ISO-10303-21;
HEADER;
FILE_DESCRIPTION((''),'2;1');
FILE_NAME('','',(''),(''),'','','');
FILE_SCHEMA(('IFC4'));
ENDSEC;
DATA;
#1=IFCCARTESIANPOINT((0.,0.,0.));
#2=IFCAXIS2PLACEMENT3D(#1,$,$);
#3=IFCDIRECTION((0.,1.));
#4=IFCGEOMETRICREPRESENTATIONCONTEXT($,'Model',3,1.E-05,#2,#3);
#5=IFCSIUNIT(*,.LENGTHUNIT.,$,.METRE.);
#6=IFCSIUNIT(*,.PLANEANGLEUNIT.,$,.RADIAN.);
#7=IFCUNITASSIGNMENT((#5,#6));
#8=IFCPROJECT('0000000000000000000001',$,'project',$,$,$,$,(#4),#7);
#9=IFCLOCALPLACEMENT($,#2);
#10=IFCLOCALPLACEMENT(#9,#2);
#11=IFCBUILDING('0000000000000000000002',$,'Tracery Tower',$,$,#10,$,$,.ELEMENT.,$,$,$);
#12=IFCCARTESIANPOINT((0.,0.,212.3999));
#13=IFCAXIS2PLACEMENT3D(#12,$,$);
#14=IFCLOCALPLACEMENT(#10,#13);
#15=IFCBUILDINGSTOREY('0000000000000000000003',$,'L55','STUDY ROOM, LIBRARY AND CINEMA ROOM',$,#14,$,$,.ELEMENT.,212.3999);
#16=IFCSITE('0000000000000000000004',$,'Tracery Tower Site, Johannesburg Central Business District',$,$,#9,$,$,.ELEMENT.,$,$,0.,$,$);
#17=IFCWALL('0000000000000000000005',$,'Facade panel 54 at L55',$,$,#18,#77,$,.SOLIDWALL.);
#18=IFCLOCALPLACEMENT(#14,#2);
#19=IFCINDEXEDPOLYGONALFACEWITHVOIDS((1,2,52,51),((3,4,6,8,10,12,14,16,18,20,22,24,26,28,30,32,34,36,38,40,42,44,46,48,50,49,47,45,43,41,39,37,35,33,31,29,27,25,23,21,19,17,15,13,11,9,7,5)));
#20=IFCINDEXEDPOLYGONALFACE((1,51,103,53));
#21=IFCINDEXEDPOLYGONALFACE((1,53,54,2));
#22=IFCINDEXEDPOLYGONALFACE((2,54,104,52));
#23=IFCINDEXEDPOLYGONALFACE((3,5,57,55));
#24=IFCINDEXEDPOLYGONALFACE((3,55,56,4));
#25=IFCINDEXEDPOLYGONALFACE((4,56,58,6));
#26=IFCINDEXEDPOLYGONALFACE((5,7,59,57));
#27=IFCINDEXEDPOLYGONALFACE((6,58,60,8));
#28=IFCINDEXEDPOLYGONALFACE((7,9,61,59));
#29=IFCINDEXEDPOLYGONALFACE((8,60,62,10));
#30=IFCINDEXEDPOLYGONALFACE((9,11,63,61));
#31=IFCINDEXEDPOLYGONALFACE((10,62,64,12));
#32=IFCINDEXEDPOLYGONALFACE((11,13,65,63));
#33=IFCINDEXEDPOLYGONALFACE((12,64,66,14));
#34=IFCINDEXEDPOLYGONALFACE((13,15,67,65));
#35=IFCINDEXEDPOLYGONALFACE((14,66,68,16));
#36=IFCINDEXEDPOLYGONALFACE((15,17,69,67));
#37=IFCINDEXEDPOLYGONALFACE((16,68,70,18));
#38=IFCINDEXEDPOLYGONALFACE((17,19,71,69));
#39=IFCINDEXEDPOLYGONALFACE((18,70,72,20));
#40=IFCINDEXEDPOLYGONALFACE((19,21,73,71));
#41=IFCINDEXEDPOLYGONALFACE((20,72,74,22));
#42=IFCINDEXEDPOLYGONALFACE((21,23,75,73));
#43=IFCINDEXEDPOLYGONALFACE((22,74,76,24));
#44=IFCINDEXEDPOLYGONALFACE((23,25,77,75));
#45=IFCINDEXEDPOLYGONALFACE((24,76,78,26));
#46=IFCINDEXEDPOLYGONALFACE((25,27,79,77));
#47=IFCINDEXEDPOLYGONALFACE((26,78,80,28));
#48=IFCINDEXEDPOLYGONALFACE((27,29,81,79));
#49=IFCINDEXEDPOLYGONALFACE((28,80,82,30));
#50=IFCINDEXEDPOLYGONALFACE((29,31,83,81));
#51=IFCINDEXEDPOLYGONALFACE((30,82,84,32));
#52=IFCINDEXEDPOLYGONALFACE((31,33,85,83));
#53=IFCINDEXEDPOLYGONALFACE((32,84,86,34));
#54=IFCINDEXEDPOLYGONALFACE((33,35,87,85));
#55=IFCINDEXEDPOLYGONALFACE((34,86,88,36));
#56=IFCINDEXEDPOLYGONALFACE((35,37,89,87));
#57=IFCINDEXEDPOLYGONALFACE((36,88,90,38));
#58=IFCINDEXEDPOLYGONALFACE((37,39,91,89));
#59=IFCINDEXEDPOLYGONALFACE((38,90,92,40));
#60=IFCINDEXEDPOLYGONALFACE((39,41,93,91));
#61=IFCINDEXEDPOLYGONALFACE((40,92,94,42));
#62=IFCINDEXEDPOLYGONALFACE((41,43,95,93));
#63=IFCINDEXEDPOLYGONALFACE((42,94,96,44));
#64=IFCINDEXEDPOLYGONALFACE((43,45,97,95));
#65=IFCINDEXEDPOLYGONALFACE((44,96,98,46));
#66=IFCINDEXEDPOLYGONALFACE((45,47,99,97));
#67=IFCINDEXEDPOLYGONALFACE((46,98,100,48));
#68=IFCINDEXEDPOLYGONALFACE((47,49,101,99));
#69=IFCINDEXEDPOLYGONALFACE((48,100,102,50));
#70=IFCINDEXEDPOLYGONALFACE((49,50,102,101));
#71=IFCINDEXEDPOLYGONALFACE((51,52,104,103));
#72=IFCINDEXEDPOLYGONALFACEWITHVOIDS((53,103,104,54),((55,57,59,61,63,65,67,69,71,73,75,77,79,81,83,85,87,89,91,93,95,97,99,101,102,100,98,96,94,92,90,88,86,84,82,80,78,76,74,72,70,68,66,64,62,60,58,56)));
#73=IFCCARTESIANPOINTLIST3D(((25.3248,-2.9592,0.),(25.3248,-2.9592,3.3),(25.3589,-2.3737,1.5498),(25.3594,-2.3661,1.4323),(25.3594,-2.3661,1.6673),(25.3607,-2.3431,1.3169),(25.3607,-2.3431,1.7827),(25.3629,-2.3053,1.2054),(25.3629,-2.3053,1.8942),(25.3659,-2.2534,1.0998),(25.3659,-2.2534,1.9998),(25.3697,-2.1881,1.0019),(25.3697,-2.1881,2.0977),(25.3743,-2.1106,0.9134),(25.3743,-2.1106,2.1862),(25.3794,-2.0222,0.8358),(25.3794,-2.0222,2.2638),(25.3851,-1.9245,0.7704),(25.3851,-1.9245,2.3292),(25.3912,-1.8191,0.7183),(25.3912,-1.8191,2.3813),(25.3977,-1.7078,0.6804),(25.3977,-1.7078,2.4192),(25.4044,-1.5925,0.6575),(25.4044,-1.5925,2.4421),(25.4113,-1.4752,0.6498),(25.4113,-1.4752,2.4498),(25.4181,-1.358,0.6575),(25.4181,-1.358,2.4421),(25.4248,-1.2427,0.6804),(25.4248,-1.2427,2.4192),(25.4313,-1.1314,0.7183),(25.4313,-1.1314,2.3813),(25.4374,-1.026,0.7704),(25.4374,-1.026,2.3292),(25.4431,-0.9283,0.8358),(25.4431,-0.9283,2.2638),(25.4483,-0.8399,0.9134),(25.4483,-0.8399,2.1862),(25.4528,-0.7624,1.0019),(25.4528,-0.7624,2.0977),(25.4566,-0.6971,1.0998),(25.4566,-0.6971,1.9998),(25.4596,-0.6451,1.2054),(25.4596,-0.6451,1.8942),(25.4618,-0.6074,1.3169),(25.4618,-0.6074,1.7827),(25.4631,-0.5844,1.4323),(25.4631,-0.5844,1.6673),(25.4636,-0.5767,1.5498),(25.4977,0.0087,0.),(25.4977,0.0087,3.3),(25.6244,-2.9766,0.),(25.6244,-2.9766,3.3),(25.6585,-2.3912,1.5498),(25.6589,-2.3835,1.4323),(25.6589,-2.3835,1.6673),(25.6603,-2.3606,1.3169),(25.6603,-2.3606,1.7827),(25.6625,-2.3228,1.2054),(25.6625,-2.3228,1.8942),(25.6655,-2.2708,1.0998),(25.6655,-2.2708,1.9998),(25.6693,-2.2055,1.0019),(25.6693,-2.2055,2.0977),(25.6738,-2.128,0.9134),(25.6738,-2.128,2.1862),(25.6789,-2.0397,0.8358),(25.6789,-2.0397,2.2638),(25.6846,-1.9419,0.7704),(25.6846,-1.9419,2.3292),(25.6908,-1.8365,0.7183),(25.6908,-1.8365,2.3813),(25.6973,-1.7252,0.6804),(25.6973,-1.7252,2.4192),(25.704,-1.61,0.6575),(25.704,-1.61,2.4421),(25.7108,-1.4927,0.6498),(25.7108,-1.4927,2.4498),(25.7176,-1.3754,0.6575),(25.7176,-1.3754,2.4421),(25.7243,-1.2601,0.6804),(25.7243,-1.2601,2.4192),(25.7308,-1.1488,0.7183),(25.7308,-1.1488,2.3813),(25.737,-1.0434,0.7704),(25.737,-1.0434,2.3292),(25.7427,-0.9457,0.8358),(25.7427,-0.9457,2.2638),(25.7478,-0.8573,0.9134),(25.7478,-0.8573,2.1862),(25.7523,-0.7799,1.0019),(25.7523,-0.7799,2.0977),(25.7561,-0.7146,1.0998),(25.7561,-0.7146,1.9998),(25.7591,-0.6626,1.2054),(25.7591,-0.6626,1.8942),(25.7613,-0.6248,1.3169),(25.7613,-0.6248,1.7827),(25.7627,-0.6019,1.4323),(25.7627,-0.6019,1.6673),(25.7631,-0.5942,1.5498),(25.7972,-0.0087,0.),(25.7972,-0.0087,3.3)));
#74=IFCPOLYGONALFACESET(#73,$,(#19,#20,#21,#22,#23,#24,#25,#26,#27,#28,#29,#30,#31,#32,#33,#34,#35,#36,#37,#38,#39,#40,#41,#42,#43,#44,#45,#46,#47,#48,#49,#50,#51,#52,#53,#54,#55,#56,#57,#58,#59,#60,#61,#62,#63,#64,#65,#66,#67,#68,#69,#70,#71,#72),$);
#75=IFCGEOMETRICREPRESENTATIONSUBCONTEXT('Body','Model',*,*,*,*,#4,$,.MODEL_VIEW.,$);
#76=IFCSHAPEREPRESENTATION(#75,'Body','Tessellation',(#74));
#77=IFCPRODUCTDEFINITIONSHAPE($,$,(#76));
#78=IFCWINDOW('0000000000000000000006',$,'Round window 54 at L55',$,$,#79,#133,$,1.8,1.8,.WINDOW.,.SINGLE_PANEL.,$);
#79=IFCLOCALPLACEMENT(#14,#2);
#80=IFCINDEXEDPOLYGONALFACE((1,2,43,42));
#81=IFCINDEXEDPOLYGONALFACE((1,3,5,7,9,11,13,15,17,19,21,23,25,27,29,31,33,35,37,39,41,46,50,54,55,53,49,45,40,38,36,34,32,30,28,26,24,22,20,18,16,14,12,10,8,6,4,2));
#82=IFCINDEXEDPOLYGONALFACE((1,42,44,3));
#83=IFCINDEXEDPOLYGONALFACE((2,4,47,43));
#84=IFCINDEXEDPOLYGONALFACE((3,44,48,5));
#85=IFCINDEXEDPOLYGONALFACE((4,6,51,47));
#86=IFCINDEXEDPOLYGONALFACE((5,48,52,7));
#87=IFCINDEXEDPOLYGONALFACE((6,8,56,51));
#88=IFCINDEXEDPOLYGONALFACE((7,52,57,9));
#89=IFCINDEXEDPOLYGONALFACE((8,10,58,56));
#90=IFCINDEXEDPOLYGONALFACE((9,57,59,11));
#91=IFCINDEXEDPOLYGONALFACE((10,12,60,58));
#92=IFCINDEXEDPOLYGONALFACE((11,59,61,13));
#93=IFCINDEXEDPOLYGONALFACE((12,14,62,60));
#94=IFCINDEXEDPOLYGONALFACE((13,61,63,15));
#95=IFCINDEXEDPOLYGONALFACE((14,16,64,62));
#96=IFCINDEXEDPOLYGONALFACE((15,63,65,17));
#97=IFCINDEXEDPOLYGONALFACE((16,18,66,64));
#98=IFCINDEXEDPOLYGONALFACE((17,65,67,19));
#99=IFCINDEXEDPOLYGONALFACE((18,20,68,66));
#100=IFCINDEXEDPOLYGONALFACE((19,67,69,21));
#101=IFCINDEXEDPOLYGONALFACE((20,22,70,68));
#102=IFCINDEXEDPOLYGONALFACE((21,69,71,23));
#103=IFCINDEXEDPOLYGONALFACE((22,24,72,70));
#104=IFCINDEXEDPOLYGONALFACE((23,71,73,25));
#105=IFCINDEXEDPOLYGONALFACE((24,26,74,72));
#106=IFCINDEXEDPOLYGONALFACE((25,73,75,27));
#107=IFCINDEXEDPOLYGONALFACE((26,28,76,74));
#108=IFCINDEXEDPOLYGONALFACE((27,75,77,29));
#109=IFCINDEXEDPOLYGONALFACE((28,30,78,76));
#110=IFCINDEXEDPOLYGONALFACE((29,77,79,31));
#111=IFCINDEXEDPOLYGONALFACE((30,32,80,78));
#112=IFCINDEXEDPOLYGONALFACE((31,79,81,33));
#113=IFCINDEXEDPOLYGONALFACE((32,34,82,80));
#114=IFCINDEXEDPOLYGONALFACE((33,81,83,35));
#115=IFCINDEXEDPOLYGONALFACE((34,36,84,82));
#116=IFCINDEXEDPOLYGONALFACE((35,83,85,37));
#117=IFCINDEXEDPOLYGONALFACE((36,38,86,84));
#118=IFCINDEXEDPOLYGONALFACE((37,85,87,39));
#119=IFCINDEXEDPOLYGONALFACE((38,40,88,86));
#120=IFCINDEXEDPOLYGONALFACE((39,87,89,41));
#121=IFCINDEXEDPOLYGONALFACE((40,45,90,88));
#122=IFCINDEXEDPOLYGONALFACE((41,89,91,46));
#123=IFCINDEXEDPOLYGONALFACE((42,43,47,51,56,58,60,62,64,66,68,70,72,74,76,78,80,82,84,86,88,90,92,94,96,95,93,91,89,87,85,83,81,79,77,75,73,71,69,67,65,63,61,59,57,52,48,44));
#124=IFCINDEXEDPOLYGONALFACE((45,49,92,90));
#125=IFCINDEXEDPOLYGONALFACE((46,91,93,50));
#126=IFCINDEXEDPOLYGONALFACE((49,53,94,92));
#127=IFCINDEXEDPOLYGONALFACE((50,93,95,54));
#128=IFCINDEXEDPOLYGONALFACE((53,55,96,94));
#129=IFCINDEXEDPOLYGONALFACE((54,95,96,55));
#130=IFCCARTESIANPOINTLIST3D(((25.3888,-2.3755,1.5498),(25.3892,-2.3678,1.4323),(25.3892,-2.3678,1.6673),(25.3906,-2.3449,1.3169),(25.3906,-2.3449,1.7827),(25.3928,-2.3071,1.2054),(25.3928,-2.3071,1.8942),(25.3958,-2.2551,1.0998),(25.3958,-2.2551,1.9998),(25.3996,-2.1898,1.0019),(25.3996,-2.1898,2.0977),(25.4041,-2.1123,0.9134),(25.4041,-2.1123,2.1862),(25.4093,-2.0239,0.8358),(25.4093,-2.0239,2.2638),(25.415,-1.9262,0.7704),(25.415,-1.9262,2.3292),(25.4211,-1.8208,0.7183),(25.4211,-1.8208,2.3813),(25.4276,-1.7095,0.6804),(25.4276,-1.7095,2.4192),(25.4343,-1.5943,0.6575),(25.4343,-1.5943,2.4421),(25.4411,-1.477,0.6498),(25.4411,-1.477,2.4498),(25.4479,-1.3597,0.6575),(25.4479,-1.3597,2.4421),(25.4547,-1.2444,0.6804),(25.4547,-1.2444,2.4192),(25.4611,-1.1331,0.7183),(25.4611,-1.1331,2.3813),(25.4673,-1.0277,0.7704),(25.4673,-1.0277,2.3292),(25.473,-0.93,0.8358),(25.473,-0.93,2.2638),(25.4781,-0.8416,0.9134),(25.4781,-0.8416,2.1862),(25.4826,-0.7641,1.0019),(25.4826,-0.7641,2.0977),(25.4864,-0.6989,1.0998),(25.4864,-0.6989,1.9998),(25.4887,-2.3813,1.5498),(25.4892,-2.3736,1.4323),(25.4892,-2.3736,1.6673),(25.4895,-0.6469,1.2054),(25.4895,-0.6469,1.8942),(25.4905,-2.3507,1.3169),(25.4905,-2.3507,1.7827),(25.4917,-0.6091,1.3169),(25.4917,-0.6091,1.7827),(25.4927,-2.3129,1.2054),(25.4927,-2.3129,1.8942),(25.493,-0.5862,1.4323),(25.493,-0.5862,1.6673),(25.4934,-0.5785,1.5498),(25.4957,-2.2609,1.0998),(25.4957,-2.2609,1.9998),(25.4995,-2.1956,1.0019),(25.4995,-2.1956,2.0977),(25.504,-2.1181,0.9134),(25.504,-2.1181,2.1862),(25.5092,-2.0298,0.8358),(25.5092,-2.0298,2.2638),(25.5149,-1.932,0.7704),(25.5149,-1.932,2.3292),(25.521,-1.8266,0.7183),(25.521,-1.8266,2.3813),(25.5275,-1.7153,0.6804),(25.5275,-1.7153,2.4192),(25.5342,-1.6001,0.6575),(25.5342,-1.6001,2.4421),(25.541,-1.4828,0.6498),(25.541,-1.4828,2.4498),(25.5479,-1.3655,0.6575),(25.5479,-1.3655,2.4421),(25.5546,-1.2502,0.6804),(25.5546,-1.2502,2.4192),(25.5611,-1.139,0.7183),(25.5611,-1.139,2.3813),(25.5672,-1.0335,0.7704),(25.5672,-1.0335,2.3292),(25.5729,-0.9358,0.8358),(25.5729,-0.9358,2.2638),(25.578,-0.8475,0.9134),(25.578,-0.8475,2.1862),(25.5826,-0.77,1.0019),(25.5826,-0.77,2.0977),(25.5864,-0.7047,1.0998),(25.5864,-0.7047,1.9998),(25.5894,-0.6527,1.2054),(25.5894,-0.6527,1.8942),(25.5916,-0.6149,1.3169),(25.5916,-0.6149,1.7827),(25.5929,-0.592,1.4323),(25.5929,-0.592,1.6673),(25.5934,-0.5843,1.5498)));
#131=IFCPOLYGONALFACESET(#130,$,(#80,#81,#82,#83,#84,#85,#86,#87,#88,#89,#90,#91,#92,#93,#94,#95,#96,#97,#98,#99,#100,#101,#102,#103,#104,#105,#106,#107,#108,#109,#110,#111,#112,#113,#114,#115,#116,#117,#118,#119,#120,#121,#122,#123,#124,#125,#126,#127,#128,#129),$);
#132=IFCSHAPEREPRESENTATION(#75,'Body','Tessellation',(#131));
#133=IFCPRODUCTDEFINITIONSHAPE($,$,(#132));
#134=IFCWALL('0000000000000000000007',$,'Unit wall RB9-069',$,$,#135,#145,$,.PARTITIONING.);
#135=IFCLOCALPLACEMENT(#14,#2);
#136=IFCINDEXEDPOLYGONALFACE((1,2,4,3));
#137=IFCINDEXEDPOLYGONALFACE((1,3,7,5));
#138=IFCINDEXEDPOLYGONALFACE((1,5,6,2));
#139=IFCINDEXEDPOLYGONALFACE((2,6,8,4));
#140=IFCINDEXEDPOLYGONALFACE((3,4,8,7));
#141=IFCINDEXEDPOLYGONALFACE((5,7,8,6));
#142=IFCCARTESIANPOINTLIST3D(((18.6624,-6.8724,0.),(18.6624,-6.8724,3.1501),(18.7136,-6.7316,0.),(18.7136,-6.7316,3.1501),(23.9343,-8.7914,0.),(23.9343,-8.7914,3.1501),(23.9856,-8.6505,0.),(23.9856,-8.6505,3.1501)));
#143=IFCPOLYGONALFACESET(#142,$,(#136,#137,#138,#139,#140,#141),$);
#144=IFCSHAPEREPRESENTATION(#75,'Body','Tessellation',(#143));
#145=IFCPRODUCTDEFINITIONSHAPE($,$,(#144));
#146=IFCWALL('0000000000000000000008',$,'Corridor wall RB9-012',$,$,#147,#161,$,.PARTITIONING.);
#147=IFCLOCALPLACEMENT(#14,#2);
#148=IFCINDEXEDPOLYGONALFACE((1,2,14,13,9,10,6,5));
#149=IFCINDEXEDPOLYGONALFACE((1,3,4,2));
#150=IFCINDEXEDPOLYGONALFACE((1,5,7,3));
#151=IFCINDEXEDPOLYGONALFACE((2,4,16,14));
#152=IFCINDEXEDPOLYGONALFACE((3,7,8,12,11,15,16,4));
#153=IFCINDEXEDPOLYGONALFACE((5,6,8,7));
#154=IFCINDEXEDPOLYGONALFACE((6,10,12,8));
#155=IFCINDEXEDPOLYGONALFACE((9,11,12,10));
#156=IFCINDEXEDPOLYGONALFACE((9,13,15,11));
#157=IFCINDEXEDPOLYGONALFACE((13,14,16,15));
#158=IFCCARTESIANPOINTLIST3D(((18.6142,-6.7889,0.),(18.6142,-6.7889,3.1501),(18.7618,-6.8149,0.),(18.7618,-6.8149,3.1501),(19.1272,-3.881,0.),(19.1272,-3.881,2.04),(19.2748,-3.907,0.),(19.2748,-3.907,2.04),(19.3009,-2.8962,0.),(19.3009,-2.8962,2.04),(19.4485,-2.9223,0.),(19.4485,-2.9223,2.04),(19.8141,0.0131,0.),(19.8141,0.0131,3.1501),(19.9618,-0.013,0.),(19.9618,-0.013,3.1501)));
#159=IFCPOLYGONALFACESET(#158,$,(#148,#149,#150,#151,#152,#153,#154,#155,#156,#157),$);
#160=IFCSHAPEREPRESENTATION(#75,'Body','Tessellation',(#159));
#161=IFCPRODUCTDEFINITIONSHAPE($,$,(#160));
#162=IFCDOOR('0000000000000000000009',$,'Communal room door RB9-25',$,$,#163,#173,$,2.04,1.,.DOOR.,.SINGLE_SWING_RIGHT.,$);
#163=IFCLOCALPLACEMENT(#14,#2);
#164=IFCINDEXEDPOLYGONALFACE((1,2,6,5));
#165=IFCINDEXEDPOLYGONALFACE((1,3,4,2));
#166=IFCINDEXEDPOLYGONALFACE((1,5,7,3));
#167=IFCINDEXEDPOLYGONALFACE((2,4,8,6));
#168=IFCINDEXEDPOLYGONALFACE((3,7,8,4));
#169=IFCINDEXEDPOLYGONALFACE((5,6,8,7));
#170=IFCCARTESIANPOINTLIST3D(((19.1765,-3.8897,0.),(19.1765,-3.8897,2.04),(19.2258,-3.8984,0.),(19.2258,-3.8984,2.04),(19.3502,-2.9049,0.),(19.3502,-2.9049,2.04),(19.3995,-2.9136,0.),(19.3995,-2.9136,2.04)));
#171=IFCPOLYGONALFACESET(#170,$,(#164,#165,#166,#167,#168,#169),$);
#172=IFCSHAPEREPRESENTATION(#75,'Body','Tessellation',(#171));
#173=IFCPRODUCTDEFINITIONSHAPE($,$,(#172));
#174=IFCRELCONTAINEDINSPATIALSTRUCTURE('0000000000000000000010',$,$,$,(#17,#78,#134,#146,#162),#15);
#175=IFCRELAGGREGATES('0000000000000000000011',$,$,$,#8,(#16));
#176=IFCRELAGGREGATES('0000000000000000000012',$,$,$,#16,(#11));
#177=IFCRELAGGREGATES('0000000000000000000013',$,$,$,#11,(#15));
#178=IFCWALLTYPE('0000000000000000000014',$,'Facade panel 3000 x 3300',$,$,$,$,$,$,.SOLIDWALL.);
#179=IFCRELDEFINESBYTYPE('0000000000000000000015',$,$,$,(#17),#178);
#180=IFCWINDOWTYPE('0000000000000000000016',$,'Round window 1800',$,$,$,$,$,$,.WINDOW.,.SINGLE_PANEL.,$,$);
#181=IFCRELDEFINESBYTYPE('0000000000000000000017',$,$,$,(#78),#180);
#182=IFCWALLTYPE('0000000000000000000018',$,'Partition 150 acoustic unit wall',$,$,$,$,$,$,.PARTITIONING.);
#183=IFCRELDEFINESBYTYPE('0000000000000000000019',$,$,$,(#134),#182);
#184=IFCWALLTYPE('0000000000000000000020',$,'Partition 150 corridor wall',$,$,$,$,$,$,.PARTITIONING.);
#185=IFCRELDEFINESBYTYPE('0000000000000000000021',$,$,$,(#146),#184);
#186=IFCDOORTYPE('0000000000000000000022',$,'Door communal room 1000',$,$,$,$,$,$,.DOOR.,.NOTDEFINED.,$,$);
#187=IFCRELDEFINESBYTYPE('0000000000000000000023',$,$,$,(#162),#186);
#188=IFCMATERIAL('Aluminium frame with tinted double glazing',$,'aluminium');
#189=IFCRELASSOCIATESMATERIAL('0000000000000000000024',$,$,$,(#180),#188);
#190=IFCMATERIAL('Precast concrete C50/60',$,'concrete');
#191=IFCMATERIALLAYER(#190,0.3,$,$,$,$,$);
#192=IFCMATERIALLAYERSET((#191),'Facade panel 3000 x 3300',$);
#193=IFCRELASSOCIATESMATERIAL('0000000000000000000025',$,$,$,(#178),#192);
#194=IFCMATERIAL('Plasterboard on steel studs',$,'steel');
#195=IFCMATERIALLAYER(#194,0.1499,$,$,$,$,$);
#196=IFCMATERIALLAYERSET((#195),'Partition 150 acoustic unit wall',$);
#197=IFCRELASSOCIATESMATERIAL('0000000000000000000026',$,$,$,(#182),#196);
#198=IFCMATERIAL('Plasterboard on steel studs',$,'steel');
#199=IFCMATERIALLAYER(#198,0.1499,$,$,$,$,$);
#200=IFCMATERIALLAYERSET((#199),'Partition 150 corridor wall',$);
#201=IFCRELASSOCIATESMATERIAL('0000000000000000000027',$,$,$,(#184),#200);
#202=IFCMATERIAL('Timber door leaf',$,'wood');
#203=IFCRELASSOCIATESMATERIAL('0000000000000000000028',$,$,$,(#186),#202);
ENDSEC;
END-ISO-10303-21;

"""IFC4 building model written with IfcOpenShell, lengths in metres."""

from ifc_helpers import new_model, si_unit, direction, frame, frame_2d, origin, origin_2d, place, context, subcontext, project, spatial, rectangle, circle, extrude, material, layer, layer_set, type_object, element, fill, save


model = new_model("IFC4")

# Units and contexts
model_context = context("Model", 3, precision=1e-05, world=origin(), true_north=direction((0.0, 1.0)))
body_context = subcontext(model_context, "Body", "Model", "MODEL_VIEW")
ifc_project = project(units=[si_unit("LENGTHUNIT", "METRE"), si_unit("PLANEANGLEUNIT", "RADIAN")], contexts=[model_context])

# Site, building, storey
site_placement = place(None, origin())
site = spatial("IfcSite", under=ifc_project, at=site_placement, Name="Tracery Tower Site, Johannesburg Central Business District", CompositionType="ELEMENT", RefElevation=0.0)
building_placement = place(site_placement, origin())
building = spatial("IfcBuilding", under=site, at=building_placement, Name="Tracery Tower", CompositionType="ELEMENT")
storey_placement = place(building_placement, frame((0.0, 0.0, 212.3999)))
storey = spatial("IfcBuildingStorey", under=building, at=storey_placement, Name="L55", Description="STUDY ROOM, LIBRARY AND CINEMA ROOM", CompositionType="ELEMENT", Elevation=212.3999)

# Wall, opening, window
ifc_material_1 = material(Name="Aluminium frame with tinted double glazing", Category="aluminium")
window_type = type_object("IfcWindowType", Name="Round window 1800", PartitioningType="SINGLE_PANEL", PredefinedType="WINDOW", material=ifc_material_1)
ifc_material_2 = material(Name="Precast concrete C50/60", Category="concrete")
ifc_layer_1 = layer(ifc_material_2, 0.3)
ifc_layer_set_1 = layer_set([ifc_layer_1], Name="Facade panel 3000 x 3300")
wall_type_1 = type_object("IfcWallType", Name="Facade panel 3000 x 3300", PredefinedType="SOLIDWALL", material=ifc_layer_set_1)
wall_1_placement = place(storey_placement, frame((25.4746, -2.9678, 0.0), z_axis=(0.0, 0.0, 1.0), x_axis=(0.058144, 0.998308, 0.0)))
wall_1 = element("IfcWall", 1, at=wall_1_placement, inside=storey, type_object=wall_type_1, Name="Facade panel 54 at L55", PredefinedType="SOLIDWALL", context=body_context, shape_type="SweptSolid", body=[
    extrude(rectangle(XDim=2.9729, YDim=0.3, at=frame_2d((1.4863, 0.0))), origin(), (0.0, 0.0, 1.0), 3.3),
])
opening_1_placement = place(wall_1_placement, frame((1.4863, 0.0, 1.5498)))
opening_1 = element("IfcOpeningElement", 2, at=opening_1_placement, cuts=wall_1, PredefinedType="OPENING", context=body_context, shape_type="SweptSolid", body=[
    extrude(circle(Radius=0.9, at=origin_2d()), frame((0.0, 0.1599, 0.0), z_axis=(0.0, -1.0, 0.0), x_axis=(1.0, 0.0, 0.0)), (0.0, 0.0, 1.0), 0.3201),
])
window_1_placement = place(opening_1_placement, origin())
window_1 = element("IfcWindow", 3, at=window_1_placement, inside=storey, type_object=window_type, Name="Round window 54 at L55", OverallHeight=1.8, OverallWidth=1.8, PartitioningType="SINGLE_PANEL", PredefinedType="WINDOW", context=body_context, shape_type="SweptSolid", body=[
    extrude(circle(Radius=0.9, at=origin_2d()), frame((0.0, 0.1201, 0.0), z_axis=(0.0, -1.0, 0.0), x_axis=(1.0, 0.0, 0.0)), (0.0, 0.0, 1.0), 0.1001),
])
fill(opening_1, window_1)

# Wall
ifc_material_3 = material(Name="Plasterboard on steel studs", Category="steel")
ifc_layer_2 = layer(ifc_material_3, 0.1499)
ifc_layer_set_2 = layer_set([ifc_layer_2], Name="Partition 150 acoustic unit wall")
wall_type_2 = type_object("IfcWallType", Name="Partition 150 acoustic unit wall", PredefinedType="PARTITIONING", material=ifc_layer_set_2)
wall_2_placement = place(storey_placement, frame((18.688, -6.802, 0.0), z_axis=(0.0, 0.0, 1.0), x_axis=(0.939687, -0.342037, 0.0)))
element("IfcWall", 4, at=wall_2_placement, inside=storey, type_object=wall_type_2, Name="Unit wall RB9-069", PredefinedType="PARTITIONING", context=body_context, shape_type="SweptSolid", body=[
    extrude(rectangle(XDim=5.6104, YDim=0.1499, at=frame_2d((2.8052, 0.0))), origin(), (0.0, 0.0, 1.0), 3.1501),
])

# Wall, opening, door
ifc_material_4 = material(Name="Plasterboard on steel studs", Category="steel")
ifc_layer_3 = layer(ifc_material_4, 0.1499)
ifc_layer_set_3 = layer_set([ifc_layer_3], Name="Partition 150 corridor wall")
wall_type_3 = type_object("IfcWallType", Name="Partition 150 corridor wall", PredefinedType="PARTITIONING", material=ifc_layer_set_3)
wall_3_placement = place(storey_placement, frame((18.688, -6.802, 0.0), z_axis=(0.0, 0.0, 1.0), x_axis=(0.173729, 0.984794, 0.0)))
wall_3 = element("IfcWall", 5, at=wall_3_placement, inside=storey, type_object=wall_type_3, Name="Corridor wall RB9-012", PredefinedType="PARTITIONING", context=body_context, shape_type="SweptSolid", body=[
    extrude(rectangle(XDim=6.907, YDim=0.1499, at=frame_2d((3.4536, 0.0))), origin(), (0.0, 0.0, 1.0), 3.1501),
])
opening_2_placement = place(wall_3_placement, frame((2.9529, 0.0, 0.0)))
opening_2 = element("IfcOpeningElement", 6, at=opening_2_placement, cuts=wall_3, PredefinedType="OPENING", context=body_context, shape_type="SweptSolid", body=[
    extrude(rectangle(XDim=1.0, YDim=2.04, at=frame_2d((0.5, 1.02))), frame((0.0, 0.075, 0.0), z_axis=(0.0, -1.0, 0.0), x_axis=(1.0, 0.0, 0.0)), (0.0, 0.0, 1.0), 0.1499),
])
ifc_material_5 = material(Name="Timber door leaf", Category="wood")
door_type_1 = type_object("IfcDoorType", Name="Door communal room 1000", OperationType="NOTDEFINED", PredefinedType="DOOR", material=ifc_material_5)
door_1_placement = place(opening_2_placement, origin())
door_1 = element("IfcDoor", 7, at=door_1_placement, inside=storey, type_object=door_type_1, Name="Communal room door RB9-25", OperationType="SINGLE_SWING_RIGHT", OverallHeight=2.04, OverallWidth=1.0, PredefinedType="DOOR", context=body_context, shape_type="SweptSolid", body=[
    extrude(rectangle(XDim=1.0, YDim=2.04, at=frame_2d((0.5, 1.02))), frame((0.0, 0.0249, 0.0), z_axis=(0.0, -1.0, 0.0), x_axis=(1.0, 0.0, 0.0)), (0.0, 0.0, 1.0), 0.05),
])
fill(opening_2, door_1)

save(model, "model.ifc")
